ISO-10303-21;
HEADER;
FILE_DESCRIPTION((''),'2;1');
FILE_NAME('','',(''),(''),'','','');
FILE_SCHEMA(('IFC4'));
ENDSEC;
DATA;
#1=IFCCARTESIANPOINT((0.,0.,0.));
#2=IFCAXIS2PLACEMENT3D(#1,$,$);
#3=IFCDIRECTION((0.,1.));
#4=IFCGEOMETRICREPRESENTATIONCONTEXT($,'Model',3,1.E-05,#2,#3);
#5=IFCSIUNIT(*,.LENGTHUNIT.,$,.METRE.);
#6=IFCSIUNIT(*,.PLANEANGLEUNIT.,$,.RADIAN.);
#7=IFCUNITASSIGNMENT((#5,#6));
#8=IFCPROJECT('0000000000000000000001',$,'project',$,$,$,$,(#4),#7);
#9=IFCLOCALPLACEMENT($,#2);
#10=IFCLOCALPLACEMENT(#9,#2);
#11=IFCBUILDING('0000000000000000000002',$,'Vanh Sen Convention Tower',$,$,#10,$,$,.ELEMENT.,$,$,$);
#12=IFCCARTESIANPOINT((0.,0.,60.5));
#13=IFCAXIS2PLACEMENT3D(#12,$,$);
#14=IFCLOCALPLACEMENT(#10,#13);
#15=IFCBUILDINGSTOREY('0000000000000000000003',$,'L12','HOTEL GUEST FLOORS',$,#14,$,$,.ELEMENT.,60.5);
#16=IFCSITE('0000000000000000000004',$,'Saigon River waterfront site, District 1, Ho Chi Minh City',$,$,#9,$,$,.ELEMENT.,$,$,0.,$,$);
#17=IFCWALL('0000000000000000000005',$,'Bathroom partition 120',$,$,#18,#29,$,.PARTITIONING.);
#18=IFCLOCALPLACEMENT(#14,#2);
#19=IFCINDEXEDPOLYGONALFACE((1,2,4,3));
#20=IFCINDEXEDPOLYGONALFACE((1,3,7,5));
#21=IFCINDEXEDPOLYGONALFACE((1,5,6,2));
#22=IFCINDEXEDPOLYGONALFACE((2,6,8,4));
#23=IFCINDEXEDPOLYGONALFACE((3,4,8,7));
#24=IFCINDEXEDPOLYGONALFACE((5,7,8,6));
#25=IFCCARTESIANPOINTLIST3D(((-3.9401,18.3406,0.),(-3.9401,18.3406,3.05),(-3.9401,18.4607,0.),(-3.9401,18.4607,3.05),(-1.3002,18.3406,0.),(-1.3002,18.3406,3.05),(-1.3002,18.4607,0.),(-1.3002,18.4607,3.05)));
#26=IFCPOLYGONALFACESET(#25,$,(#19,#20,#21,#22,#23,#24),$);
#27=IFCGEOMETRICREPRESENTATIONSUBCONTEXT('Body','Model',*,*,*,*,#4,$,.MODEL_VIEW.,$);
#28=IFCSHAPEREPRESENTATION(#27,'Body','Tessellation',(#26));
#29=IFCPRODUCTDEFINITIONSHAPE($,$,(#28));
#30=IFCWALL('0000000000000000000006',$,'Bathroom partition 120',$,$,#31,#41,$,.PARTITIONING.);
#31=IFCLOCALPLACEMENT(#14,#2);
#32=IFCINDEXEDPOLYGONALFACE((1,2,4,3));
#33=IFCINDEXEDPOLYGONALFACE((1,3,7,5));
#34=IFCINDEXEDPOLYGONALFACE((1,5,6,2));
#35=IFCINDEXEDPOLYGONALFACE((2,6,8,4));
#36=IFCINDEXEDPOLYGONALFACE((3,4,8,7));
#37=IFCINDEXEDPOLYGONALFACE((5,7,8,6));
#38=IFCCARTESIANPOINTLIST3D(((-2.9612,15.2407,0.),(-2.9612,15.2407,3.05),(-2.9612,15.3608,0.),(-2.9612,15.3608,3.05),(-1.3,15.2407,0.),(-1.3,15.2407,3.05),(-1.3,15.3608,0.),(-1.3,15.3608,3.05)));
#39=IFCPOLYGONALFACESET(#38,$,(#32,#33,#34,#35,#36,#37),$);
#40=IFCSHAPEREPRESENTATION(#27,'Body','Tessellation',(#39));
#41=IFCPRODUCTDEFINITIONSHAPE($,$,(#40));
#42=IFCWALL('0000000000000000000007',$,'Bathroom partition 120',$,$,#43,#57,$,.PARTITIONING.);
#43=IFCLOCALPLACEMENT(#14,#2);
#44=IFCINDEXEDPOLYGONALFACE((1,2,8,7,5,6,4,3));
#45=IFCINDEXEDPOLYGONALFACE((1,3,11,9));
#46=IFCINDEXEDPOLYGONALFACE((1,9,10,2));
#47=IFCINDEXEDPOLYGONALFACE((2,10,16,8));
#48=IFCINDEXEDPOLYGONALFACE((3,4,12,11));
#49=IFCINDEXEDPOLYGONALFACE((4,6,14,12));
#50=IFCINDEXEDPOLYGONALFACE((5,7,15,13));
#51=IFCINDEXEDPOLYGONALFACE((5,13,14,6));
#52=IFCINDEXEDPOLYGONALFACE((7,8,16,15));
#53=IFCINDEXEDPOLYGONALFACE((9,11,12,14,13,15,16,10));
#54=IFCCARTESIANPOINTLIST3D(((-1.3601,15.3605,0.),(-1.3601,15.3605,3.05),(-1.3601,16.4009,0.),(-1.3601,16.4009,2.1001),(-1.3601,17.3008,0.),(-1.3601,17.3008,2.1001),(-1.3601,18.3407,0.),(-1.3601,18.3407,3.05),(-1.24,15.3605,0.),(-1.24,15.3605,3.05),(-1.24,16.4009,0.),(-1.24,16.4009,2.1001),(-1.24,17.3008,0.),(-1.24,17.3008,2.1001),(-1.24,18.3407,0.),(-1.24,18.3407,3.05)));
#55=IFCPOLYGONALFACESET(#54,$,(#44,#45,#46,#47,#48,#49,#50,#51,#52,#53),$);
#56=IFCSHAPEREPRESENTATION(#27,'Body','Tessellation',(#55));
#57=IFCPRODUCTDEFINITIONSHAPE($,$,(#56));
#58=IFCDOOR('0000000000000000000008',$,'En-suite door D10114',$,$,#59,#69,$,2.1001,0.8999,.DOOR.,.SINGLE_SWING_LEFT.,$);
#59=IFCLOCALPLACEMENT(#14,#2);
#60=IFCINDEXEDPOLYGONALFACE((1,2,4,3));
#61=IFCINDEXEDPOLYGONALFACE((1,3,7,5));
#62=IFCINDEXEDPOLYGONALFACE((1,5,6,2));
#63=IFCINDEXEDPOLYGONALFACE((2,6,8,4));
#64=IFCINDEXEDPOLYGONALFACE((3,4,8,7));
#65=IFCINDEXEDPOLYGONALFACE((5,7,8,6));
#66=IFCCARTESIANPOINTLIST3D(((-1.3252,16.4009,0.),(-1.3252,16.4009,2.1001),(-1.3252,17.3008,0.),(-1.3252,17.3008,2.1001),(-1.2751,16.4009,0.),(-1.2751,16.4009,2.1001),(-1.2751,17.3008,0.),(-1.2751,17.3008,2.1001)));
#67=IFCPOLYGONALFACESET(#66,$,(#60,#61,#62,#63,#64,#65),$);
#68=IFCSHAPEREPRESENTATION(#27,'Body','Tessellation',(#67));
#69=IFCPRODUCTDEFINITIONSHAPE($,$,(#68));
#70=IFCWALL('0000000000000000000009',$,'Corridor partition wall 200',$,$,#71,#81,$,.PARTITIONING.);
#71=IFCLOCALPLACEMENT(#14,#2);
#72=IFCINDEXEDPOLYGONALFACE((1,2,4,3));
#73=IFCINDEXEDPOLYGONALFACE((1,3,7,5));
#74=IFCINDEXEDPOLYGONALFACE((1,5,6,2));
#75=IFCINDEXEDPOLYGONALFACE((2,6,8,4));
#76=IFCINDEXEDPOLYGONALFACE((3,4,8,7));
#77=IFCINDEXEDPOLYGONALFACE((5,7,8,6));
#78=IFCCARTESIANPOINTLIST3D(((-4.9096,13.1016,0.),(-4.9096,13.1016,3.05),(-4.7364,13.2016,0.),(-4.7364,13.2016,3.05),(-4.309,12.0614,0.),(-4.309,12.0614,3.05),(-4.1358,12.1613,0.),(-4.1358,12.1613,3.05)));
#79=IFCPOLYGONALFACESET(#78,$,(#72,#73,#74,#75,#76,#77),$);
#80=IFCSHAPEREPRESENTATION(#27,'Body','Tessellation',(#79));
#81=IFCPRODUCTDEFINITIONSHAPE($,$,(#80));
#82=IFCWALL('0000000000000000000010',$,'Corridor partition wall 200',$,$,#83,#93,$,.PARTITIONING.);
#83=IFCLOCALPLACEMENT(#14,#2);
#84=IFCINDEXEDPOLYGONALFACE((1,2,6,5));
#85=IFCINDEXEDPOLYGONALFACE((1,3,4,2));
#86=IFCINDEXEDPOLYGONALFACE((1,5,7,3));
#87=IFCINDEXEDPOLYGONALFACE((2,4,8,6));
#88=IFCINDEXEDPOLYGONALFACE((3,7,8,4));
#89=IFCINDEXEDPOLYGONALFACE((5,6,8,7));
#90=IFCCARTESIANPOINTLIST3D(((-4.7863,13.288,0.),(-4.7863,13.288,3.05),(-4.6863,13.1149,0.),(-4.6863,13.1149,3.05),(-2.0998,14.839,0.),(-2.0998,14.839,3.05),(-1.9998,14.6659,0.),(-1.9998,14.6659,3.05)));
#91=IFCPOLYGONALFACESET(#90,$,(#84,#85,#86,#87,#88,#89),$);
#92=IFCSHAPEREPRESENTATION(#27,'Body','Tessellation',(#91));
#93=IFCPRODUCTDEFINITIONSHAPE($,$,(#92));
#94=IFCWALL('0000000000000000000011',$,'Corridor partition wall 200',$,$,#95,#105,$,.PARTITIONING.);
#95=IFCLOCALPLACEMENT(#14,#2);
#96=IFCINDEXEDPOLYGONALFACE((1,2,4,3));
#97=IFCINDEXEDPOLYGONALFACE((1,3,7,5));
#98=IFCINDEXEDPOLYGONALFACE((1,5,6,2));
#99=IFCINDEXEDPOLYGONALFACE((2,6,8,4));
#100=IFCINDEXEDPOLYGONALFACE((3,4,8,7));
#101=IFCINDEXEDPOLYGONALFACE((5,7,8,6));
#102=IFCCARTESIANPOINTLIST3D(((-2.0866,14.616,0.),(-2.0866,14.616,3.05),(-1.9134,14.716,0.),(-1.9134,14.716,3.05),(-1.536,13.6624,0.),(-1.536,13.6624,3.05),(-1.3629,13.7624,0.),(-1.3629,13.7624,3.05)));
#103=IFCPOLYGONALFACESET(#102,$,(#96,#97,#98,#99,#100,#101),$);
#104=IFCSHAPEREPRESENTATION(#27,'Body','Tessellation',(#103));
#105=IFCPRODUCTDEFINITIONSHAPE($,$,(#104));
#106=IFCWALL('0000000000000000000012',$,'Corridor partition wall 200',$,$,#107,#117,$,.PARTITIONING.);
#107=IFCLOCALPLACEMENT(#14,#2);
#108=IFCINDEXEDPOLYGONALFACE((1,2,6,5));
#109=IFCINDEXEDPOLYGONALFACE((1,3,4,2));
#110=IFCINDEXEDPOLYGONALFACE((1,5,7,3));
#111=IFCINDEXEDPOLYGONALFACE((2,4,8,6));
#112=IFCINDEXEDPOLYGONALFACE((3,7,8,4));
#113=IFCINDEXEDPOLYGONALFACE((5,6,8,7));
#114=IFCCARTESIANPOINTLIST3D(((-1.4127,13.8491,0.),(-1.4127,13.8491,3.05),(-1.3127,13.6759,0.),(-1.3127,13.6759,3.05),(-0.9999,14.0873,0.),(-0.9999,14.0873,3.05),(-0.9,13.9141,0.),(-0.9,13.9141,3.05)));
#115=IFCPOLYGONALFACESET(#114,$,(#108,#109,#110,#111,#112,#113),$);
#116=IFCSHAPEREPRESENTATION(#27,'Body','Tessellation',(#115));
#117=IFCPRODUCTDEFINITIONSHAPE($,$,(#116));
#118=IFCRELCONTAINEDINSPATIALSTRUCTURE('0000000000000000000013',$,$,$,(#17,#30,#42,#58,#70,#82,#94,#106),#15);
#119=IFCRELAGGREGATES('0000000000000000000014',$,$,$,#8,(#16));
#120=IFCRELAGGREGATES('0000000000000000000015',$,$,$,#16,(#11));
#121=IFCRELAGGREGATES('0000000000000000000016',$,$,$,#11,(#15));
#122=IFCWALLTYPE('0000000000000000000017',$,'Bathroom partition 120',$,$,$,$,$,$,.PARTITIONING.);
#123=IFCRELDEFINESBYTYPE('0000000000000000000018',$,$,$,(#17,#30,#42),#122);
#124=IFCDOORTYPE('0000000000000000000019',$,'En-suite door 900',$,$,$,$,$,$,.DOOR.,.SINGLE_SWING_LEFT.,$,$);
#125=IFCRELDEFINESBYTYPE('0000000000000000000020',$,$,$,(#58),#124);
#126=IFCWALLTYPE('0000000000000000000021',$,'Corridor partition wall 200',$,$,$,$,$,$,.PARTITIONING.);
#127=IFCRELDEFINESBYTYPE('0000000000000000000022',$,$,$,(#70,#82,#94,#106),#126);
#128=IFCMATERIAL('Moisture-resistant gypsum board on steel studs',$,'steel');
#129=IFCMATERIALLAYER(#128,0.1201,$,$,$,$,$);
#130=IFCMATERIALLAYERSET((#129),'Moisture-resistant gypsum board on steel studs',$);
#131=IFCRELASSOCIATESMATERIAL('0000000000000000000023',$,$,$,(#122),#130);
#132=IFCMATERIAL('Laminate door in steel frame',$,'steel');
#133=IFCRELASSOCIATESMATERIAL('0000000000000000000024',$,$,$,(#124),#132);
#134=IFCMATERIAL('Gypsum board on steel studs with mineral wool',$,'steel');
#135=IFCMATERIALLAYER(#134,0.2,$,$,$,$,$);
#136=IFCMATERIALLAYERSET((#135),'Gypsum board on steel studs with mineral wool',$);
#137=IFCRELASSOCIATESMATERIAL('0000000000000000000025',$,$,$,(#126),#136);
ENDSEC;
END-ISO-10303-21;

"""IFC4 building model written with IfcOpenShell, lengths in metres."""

from ifc_helpers import new_model, si_unit, direction, frame, frame_2d, origin, place, context, subcontext, project, spatial, rectangle, extrude, material, layer, layer_set, type_object, element, fill, save


model = new_model("IFC4")

# Units and contexts
model_context = context("Model", 3, precision=1e-05, world=origin(), true_north=direction((0.0, 1.0)))
body_context = subcontext(model_context, "Body", "Model", "MODEL_VIEW")
ifc_project = project(units=[si_unit("LENGTHUNIT", "METRE"), si_unit("PLANEANGLEUNIT", "RADIAN")], contexts=[model_context])

# Site, building, storey
site_placement = place(None, origin())
site = spatial("IfcSite", under=ifc_project, at=site_placement, Name="Saigon River waterfront site, District 1, Ho Chi Minh City", CompositionType="ELEMENT", RefElevation=0.0)
building_placement = place(site_placement, origin())
building = spatial("IfcBuilding", under=site, at=building_placement, Name="Vanh Sen Convention Tower", CompositionType="ELEMENT")
storey_placement = place(building_placement, frame((0.0, 0.0, 60.5)))
storey = spatial("IfcBuildingStorey", under=building, at=storey_placement, Name="L12", Description="HOTEL GUEST FLOORS", CompositionType="ELEMENT", Elevation=60.5)

# Walls
ifc_material_1 = material(Name="Moisture-resistant gypsum board on steel studs", Category="steel")
ifc_layer_1 = layer(ifc_material_1, 0.1201)
ifc_layer_set_1 = layer_set([ifc_layer_1], Name="Moisture-resistant gypsum board on steel studs")
wall_type_1 = type_object("IfcWallType", Name="Bathroom partition 120", PredefinedType="PARTITIONING", material=ifc_layer_set_1)
wall_1_placement = place(storey_placement, frame((-3.9399, 18.4006, 0.0), z_axis=(0.0, 0.0, 1.0), x_axis=(1.0, 0.0, 0.0)))
element("IfcWall", 1, at=wall_1_placement, inside=storey, type_object=wall_type_1, Name="Bathroom partition 120", PredefinedType="PARTITIONING", context=body_context, shape_type="SweptSolid", body=[
    extrude(rectangle(XDim=2.6399, YDim=0.1201, at=frame_2d((1.3198, 0.0))), origin(), (0.0, 0.0, 1.0), 3.05),
])
wall_2_placement = place(storey_placement, frame((-1.3, 15.3008, 0.0), z_axis=(0.0, 0.0, 1.0), x_axis=(-1.0, 0.0, 0.0)))
element("IfcWall", 2, at=wall_2_placement, inside=storey, type_object=wall_type_1, Name="Bathroom partition 120", PredefinedType="PARTITIONING", context=body_context, shape_type="SweptSolid", body=[
    extrude(rectangle(XDim=1.6611, YDim=0.1201, at=frame_2d((0.8306, 0.0))), origin(), (0.0, 0.0, 1.0), 3.05),
])

# Wall, opening, door
wall_3_placement = place(storey_placement, frame((-1.3, 18.3408, 0.0), z_axis=(0.0, 0.0, 1.0), x_axis=(0.0, -1.0, 0.0)))
wall_3 = element("IfcWall", 3, at=wall_3_placement, inside=storey, type_object=wall_type_1, Name="Bathroom partition 120", PredefinedType="PARTITIONING", context=body_context, shape_type="SweptSolid", body=[
    extrude(rectangle(XDim=2.9802, YDim=0.1201, at=frame_2d((1.4902, 0.0))), origin(), (0.0, 0.0, 1.0), 3.05),
])
opening_1_placement = place(wall_3_placement, frame((1.04, 0.0, 0.0)))
opening_1 = element("IfcOpeningElement", 4, at=opening_1_placement, cuts=wall_3, PredefinedType="OPENING", context=body_context, shape_type="SweptSolid", body=[
    extrude(rectangle(XDim=0.8999, YDim=2.1001, at=frame_2d((0.45, 1.05))), frame((0.0, 0.0701, 0.0), z_axis=(0.0, -1.0, 0.0), x_axis=(1.0, 0.0, 0.0)), (0.0, 0.0, 1.0), 0.1401),
])
ifc_material_2 = material(Name="Laminate door in steel frame", Category="steel")
door_type = type_object("IfcDoorType", Name="En-suite door 900", OperationType="SINGLE_SWING_LEFT", PredefinedType="DOOR", material=ifc_material_2)
door_placement = place(opening_1_placement, origin())
door = element("IfcDoor", 5, at=door_placement, inside=storey, type_object=door_type, Name="En-suite door D10114", OperationType="SINGLE_SWING_LEFT", OverallHeight=2.1001, OverallWidth=0.8999, PredefinedType="DOOR", context=body_context, shape_type="SweptSolid", body=[
    extrude(rectangle(XDim=0.8999, YDim=2.1001, at=frame_2d((0.45, 1.05))), frame((0.0, 0.0249, 0.0), z_axis=(0.0, -1.0, 0.0), x_axis=(1.0, 0.0, 0.0)), (0.0, 0.0, 1.0), 0.05),
])
fill(opening_1, door)

# Walls
ifc_material_3 = material(Name="Gypsum board on steel studs with mineral wool", Category="steel")
ifc_layer_2 = layer(ifc_material_3, 0.2)
ifc_layer_set_2 = layer_set([ifc_layer_2], Name="Gypsum board on steel studs with mineral wool")
wall_type_2 = type_object("IfcWallType", Name="Corridor partition wall 200", PredefinedType="PARTITIONING", material=ifc_layer_set_2)
wall_4_placement = place(storey_placement, frame((-4.823, 13.1516, 0.0), z_axis=(0.0, 0.0, 1.0), x_axis=(0.499986, -0.866033, 0.0)))
element("IfcWall", 6, at=wall_4_placement, inside=storey, type_object=wall_type_2, Name="Corridor partition wall 200", PredefinedType="PARTITIONING", context=body_context, shape_type="SweptSolid", body=[
    extrude(rectangle(XDim=1.2012, YDim=0.2, at=frame_2d((0.6006, 0.0))), origin(), (0.0, 0.0, 1.0), 3.05),
])
wall_5_placement = place(storey_placement, frame((-2.0498, 14.7524, 0.0), z_axis=(0.0, 0.0, 1.0), x_axis=(-0.866031, -0.49999, 0.0)))
element("IfcWall", 7, at=wall_5_placement, inside=storey, type_object=wall_type_2, Name="Corridor partition wall 200", PredefinedType="PARTITIONING", context=body_context, shape_type="SweptSolid", body=[
    extrude(rectangle(XDim=3.1021, YDim=0.2, at=frame_2d((1.551, 0.0))), origin(), (0.0, 0.0, 1.0), 3.05),
])
wall_6_placement = place(storey_placement, frame((-1.4495, 13.7124, 0.0), z_axis=(0.0, 0.0, 1.0), x_axis=(-0.499978, 0.866038, 0.0)))
element("IfcWall", 8, at=wall_6_placement, inside=storey, type_object=wall_type_2, Name="Corridor partition wall 200", PredefinedType="PARTITIONING", context=body_context, shape_type="SweptSolid", body=[
    extrude(rectangle(XDim=1.1011, YDim=0.2, at=frame_2d((0.5505, 0.0))), origin(), (0.0, 0.0, 1.0), 3.05),
])
wall_7_placement = place(storey_placement, frame((-0.95, 14.0007, 0.0), z_axis=(0.0, 0.0, 1.0), x_axis=(-0.866092, -0.499885, 0.0)))
element("IfcWall", 9, at=wall_7_placement, inside=storey, type_object=wall_type_2, Name="Corridor partition wall 200", PredefinedType="PARTITIONING", context=body_context, shape_type="SweptSolid", body=[
    extrude(rectangle(XDim=0.4766, YDim=0.2, at=frame_2d((0.2383, 0.0))), origin(), (0.0, 0.0, 1.0), 3.05),
])

save(model, "model.ifc")
